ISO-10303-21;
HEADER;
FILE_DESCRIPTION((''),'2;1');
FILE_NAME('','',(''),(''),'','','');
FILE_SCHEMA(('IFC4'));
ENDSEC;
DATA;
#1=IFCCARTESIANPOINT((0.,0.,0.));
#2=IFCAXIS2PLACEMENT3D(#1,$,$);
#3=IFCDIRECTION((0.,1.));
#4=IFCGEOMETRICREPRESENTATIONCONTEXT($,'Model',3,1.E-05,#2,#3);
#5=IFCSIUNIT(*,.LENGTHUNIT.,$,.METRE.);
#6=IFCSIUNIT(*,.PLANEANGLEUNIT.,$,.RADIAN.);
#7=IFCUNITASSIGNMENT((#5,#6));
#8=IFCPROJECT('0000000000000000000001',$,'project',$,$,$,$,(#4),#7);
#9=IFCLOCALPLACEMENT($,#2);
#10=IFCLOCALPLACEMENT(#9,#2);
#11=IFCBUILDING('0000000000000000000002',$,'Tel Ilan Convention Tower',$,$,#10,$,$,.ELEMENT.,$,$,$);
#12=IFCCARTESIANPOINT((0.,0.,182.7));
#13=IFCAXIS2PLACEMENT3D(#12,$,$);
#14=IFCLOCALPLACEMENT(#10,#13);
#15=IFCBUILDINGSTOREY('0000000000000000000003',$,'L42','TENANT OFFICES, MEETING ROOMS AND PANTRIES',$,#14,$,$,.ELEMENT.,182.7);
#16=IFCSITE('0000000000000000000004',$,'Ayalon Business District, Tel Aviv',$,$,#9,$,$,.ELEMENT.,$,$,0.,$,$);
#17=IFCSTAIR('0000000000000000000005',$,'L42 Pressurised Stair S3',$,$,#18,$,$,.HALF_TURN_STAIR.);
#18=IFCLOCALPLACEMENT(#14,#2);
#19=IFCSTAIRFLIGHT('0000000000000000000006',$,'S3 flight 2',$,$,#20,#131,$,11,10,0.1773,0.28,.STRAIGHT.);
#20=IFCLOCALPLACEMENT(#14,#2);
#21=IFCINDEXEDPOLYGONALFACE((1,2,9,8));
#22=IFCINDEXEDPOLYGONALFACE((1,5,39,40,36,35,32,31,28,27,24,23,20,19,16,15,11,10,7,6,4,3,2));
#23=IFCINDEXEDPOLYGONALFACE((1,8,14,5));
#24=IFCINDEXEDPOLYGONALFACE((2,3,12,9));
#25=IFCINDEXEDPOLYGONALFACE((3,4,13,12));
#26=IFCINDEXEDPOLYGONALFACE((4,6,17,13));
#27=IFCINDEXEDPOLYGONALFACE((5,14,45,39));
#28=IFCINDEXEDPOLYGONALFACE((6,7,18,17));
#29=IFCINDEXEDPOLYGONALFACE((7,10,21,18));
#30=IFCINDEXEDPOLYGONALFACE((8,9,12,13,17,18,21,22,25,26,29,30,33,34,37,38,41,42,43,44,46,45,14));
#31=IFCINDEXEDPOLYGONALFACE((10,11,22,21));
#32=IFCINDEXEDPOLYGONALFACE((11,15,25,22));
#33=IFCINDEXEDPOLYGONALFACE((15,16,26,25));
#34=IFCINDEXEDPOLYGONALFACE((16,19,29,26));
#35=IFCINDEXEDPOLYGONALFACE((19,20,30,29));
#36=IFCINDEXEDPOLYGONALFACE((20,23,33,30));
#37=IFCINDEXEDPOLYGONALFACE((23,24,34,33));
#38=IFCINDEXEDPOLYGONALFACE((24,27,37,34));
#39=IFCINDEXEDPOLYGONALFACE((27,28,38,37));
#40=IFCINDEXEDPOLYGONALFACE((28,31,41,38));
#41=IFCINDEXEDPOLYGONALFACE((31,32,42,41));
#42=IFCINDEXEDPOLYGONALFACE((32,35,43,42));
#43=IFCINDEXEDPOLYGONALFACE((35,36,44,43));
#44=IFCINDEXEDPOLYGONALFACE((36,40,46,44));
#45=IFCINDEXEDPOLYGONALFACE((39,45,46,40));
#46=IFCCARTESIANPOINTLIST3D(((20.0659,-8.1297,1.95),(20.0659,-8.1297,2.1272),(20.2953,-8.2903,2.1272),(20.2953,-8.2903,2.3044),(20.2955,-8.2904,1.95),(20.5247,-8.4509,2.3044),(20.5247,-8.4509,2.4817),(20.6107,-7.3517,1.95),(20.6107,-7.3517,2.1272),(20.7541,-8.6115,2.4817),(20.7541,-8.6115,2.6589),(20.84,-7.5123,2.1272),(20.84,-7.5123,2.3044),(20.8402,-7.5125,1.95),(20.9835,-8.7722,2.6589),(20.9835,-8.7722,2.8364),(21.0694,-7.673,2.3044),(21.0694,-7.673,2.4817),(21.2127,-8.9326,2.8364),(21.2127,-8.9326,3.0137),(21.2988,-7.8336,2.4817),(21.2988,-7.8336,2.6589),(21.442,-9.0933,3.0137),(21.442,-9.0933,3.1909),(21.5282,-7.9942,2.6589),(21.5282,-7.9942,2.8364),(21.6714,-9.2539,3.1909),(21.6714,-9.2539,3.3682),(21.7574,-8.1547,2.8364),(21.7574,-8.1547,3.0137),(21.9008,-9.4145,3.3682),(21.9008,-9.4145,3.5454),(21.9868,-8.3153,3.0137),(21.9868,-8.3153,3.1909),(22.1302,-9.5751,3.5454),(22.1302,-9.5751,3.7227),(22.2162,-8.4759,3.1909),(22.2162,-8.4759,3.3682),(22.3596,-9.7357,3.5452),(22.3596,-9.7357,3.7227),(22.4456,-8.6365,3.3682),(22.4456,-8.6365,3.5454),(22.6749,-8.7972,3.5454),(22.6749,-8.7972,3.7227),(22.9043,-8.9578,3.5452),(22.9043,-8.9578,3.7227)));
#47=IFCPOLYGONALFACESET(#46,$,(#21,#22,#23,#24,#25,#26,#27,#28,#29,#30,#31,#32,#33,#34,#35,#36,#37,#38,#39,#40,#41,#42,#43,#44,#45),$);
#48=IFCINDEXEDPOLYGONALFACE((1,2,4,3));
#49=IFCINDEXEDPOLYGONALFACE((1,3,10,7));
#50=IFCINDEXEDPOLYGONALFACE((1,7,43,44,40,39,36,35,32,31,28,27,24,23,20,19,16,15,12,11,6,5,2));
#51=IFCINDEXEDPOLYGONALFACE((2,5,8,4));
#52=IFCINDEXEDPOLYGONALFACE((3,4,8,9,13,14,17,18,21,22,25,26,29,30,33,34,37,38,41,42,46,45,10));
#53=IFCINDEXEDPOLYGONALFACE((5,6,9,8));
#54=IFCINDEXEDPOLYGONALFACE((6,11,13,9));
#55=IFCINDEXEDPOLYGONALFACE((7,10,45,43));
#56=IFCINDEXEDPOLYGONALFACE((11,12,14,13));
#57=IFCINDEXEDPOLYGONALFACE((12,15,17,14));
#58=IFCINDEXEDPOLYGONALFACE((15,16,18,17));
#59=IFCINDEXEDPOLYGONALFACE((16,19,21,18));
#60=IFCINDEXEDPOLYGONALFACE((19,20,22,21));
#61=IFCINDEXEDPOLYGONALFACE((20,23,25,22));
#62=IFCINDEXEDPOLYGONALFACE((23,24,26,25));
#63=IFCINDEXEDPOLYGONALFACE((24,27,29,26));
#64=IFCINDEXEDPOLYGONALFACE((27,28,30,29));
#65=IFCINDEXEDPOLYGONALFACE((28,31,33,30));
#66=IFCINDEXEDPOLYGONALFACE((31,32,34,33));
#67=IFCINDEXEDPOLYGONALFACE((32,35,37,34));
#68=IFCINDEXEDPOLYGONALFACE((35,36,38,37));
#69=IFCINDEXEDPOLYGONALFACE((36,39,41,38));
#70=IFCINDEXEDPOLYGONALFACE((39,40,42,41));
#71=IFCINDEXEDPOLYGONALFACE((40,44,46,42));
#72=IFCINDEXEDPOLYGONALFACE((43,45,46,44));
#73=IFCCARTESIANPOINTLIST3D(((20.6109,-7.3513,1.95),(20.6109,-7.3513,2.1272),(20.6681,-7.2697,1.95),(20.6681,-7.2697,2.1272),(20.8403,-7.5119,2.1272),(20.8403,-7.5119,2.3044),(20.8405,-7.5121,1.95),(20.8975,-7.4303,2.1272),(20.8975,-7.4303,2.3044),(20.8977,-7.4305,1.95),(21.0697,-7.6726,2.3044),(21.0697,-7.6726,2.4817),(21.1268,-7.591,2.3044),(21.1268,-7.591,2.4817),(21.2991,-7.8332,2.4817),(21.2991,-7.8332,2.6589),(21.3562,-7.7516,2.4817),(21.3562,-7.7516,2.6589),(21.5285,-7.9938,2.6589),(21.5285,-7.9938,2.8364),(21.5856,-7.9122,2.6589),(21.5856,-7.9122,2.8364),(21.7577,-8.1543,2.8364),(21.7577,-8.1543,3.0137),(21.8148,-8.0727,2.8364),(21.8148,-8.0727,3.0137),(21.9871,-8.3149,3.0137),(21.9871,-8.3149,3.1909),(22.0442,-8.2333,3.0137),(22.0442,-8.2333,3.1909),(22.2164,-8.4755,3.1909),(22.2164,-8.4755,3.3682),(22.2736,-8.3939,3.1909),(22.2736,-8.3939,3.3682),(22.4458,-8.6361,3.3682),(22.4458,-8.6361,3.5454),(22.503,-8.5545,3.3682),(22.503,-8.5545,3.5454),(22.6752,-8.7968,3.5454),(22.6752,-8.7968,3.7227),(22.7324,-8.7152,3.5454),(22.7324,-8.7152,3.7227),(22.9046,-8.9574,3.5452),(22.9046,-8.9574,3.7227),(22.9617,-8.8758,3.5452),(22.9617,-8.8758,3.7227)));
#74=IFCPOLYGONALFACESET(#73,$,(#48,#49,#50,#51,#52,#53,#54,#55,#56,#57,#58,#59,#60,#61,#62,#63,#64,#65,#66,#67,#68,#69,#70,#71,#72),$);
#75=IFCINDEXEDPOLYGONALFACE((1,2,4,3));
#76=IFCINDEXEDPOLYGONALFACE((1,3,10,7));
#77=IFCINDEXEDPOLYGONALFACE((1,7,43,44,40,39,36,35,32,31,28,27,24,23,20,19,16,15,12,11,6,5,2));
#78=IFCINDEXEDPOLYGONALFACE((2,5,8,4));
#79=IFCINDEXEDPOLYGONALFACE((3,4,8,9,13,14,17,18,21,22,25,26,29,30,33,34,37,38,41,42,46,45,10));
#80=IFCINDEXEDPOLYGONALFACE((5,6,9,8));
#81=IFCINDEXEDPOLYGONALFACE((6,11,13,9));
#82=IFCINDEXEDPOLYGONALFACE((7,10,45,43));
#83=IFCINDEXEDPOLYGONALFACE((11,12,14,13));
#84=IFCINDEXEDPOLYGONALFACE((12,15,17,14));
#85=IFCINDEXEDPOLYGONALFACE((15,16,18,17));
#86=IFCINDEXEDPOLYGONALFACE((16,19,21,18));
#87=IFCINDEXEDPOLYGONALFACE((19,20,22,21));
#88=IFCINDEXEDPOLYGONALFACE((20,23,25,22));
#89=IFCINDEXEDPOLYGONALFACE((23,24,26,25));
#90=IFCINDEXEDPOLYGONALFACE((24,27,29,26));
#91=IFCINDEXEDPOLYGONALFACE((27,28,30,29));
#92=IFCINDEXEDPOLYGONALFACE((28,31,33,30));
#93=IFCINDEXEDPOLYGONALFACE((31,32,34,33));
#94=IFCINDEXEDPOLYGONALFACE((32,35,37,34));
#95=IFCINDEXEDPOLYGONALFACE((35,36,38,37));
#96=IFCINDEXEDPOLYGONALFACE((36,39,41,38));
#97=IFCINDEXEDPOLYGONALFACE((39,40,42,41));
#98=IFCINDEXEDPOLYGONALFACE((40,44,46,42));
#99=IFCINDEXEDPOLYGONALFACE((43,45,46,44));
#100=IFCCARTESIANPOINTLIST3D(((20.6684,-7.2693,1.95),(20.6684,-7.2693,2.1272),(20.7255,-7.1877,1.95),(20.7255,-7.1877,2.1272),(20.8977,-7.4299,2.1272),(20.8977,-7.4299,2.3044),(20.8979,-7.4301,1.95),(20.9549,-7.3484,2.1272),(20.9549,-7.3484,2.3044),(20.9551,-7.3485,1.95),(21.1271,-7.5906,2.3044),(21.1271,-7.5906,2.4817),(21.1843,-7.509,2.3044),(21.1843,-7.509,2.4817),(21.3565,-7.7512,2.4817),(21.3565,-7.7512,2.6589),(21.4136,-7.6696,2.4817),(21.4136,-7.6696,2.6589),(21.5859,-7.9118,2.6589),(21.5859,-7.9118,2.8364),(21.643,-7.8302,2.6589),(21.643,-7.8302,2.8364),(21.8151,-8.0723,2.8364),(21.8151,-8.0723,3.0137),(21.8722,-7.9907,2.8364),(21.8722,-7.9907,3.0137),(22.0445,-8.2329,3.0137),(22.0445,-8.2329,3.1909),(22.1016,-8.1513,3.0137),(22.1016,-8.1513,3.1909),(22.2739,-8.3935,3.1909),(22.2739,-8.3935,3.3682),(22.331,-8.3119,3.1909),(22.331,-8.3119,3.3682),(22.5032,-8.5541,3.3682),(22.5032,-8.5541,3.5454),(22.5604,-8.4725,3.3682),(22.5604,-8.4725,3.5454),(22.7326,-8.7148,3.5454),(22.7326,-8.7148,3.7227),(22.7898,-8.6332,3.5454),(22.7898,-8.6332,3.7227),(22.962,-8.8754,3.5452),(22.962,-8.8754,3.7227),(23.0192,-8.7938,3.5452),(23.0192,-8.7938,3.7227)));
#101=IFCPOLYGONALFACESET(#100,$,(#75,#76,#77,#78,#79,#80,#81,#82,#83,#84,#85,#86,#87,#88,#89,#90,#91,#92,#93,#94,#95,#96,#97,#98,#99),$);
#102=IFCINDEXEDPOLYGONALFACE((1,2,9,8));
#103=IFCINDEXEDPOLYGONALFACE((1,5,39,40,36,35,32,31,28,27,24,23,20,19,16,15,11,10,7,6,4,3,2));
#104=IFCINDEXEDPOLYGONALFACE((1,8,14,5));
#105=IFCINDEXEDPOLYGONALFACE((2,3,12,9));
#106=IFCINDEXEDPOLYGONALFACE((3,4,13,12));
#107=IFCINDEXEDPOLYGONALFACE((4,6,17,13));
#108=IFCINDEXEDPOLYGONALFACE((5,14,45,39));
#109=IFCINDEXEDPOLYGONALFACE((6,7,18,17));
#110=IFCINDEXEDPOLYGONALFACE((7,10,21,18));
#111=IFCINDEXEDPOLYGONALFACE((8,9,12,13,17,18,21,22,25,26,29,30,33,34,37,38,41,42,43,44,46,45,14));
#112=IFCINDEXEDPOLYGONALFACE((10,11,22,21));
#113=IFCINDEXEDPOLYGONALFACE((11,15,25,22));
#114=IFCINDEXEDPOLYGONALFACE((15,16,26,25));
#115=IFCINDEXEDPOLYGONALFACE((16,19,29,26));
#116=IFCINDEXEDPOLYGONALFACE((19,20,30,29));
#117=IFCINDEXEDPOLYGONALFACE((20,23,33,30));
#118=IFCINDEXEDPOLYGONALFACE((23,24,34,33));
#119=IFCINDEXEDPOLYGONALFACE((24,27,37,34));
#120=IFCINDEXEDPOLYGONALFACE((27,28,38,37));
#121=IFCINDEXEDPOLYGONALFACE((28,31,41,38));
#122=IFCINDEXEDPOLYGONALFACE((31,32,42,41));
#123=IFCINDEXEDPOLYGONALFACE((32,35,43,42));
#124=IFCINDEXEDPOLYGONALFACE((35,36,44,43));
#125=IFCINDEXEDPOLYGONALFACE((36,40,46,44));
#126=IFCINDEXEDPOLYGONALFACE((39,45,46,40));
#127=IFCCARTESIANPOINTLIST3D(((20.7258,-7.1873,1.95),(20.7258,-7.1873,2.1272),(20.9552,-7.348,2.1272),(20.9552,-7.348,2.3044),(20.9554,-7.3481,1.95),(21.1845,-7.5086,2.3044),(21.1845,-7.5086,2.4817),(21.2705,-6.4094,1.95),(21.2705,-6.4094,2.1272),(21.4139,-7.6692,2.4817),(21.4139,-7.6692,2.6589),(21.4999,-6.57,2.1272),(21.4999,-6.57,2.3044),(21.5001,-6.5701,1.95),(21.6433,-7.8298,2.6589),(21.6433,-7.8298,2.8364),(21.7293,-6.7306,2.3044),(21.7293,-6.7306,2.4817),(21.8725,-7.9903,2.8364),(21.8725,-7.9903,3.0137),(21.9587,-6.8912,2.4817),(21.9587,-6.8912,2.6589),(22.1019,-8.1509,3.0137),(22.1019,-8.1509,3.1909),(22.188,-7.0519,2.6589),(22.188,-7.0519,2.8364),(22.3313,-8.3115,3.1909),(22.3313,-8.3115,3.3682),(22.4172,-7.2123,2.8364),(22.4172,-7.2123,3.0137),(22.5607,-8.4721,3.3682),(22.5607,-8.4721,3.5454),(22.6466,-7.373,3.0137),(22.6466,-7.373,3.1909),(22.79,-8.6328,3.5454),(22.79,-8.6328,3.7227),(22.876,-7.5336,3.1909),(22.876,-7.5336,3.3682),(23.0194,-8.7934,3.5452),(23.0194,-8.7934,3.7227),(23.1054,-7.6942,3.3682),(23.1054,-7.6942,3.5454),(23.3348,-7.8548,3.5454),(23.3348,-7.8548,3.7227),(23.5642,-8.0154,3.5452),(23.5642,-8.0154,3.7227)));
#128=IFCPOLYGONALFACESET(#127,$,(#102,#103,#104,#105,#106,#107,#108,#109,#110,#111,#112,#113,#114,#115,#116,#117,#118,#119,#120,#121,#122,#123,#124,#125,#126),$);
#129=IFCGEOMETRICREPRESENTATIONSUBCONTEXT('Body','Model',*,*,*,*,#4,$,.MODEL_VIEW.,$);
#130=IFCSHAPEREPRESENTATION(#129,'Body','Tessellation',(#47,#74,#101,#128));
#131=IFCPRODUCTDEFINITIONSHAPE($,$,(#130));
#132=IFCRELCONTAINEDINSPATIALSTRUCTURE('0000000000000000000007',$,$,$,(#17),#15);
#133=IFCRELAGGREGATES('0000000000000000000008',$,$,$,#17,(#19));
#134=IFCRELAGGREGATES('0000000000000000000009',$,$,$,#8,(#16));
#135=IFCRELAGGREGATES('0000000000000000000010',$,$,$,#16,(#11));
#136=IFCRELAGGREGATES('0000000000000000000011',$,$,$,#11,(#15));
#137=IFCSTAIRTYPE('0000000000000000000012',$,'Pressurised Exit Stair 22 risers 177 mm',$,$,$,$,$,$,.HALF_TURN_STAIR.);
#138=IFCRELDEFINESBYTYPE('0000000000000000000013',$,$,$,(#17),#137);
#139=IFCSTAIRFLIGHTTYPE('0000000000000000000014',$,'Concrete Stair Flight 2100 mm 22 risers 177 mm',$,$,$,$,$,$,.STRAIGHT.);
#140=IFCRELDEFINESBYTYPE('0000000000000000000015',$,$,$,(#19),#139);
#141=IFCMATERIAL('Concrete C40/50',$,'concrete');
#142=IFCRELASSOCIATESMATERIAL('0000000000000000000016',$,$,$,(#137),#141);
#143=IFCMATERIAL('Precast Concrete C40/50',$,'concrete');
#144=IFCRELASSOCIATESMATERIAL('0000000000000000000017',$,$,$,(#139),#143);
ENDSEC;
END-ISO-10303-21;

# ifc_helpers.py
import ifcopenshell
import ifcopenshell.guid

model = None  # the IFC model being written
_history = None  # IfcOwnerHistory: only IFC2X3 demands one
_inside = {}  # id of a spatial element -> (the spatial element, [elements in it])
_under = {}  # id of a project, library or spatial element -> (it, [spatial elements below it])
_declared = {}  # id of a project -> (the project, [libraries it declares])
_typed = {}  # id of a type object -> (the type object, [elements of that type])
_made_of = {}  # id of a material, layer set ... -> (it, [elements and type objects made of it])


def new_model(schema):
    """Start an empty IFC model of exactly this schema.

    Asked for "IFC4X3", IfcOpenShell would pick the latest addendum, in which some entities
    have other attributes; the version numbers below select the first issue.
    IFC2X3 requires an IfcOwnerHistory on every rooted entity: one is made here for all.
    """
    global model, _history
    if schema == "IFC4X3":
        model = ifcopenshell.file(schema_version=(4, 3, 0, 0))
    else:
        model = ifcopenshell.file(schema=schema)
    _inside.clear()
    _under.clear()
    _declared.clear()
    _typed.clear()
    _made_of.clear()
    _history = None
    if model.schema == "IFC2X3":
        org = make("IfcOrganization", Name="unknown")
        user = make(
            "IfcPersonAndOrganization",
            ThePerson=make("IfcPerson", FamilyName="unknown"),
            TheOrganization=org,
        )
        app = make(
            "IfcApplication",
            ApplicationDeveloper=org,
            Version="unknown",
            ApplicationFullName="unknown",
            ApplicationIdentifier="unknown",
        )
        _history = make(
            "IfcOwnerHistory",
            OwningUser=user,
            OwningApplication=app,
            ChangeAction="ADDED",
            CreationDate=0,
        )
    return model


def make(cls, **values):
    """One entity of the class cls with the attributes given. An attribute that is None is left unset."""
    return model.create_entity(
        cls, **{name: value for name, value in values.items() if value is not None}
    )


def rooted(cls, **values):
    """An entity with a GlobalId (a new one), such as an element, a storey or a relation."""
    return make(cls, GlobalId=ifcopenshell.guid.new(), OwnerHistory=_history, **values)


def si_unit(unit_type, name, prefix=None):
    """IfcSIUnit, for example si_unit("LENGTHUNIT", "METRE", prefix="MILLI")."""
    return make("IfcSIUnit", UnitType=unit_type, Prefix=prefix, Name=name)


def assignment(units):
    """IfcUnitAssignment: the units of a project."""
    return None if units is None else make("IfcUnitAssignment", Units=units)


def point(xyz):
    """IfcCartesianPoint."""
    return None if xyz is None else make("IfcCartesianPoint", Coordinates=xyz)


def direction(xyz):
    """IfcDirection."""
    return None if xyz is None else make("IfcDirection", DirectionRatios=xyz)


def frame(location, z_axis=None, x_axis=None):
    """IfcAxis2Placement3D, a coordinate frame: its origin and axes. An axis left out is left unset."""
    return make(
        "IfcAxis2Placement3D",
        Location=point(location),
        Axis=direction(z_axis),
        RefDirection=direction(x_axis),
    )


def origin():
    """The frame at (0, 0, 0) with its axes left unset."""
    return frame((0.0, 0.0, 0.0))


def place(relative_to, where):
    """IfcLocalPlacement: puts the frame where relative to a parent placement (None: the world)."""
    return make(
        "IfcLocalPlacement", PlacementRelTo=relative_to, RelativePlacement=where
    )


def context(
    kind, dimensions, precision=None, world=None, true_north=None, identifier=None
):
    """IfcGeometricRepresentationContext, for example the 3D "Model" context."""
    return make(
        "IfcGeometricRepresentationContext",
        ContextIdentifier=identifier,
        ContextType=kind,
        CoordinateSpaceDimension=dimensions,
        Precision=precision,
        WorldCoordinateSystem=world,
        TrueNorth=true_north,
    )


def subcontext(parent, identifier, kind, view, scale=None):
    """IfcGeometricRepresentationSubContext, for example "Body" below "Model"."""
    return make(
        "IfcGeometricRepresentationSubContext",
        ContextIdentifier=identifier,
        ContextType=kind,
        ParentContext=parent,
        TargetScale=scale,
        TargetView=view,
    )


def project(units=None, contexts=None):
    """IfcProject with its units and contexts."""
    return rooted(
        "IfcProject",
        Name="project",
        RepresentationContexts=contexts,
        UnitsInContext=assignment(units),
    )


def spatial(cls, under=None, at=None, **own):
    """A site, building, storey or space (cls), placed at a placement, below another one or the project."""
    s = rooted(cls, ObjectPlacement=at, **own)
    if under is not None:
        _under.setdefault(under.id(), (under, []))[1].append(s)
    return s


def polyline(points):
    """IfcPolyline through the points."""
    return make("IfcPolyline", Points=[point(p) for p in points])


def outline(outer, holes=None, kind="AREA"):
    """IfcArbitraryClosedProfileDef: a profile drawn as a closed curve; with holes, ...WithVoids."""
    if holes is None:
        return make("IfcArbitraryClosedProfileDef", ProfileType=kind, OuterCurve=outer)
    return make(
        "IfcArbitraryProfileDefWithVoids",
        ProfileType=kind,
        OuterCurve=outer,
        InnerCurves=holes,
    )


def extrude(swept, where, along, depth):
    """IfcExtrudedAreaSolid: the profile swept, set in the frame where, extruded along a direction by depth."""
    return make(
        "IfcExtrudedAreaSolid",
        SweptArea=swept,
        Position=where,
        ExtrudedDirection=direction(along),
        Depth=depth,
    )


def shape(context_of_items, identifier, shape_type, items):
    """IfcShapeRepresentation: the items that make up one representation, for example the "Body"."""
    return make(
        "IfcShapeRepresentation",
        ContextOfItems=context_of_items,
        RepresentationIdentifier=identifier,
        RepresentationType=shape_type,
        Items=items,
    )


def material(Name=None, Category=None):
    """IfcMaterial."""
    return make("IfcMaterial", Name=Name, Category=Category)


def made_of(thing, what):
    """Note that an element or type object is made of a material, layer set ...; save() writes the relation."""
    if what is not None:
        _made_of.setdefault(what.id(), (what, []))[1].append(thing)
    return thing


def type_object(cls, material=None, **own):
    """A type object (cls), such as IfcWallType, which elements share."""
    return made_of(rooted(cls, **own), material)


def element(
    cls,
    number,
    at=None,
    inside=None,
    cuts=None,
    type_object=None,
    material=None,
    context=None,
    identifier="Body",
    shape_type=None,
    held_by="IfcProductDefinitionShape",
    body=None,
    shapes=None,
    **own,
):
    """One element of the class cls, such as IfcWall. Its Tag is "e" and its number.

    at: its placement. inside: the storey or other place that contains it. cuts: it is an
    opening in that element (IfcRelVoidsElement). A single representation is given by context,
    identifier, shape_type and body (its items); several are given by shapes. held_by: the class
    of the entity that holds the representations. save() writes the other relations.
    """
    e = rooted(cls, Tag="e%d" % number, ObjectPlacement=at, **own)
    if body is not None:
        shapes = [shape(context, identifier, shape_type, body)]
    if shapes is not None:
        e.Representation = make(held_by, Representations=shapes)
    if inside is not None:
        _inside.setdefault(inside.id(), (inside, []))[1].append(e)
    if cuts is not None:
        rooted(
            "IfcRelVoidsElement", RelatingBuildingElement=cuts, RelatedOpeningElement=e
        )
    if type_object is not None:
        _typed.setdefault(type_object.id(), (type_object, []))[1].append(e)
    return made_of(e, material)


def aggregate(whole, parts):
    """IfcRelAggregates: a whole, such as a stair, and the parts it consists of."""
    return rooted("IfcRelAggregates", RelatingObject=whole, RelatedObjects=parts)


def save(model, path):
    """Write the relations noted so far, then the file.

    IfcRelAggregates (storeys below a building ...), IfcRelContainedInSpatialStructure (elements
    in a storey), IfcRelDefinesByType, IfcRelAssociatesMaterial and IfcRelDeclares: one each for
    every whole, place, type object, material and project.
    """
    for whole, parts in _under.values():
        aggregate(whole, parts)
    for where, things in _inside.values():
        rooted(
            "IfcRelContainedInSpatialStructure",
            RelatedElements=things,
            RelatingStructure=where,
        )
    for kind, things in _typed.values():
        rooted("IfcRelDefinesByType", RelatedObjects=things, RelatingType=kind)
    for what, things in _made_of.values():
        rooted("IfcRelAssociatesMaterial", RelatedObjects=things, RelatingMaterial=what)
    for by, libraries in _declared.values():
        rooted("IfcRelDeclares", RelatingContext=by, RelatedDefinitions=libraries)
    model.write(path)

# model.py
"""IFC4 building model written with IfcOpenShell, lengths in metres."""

from ifc_helpers import new_model, si_unit, direction, frame, origin, place, context, subcontext, project, spatial, polyline, outline, extrude, material, type_object, element, aggregate, save


model = new_model("IFC4")

# Units and contexts
model_context = context("Model", 3, precision=1e-05, world=origin(), true_north=direction((0.0, 1.0)))
body_context = subcontext(model_context, "Body", "Model", "MODEL_VIEW")
ifc_project = project(units=[si_unit("LENGTHUNIT", "METRE"), si_unit("PLANEANGLEUNIT", "RADIAN")], contexts=[model_context])

# Site, building, storey
site_placement = place(None, origin())
site = spatial("IfcSite", under=ifc_project, at=site_placement, Name="Ayalon Business District, Tel Aviv", CompositionType="ELEMENT", RefElevation=0.0)
building_placement = place(site_placement, origin())
building = spatial("IfcBuilding", under=site, at=building_placement, Name="Tel Ilan Convention Tower", CompositionType="ELEMENT")
storey_placement = place(building_placement, frame((0.0, 0.0, 182.7)))
storey = spatial("IfcBuildingStorey", under=building, at=storey_placement, Name="L42", Description="TENANT OFFICES, MEETING ROOMS AND PANTRIES", CompositionType="ELEMENT", Elevation=182.7)

# Stair, stair flight
ifc_material_1 = material(Name="Concrete C40/50", Category="concrete")
stair_type = type_object("IfcStairType", Name="Pressurised Exit Stair 22 risers 177 mm", PredefinedType="HALF_TURN_STAIR", material=ifc_material_1)
stair_1_placement = place(storey_placement, origin())
stair_1 = element("IfcStair", 1, at=stair_1_placement, inside=storey, type_object=stair_type, Name="L42 Pressurised Stair S3", PredefinedType="HALF_TURN_STAIR")
ifc_material_2 = material(Name="Precast Concrete C40/50", Category="concrete")
stair_flight_type = type_object("IfcStairFlightType", Name="Concrete Stair Flight 2100 mm 22 risers 177 mm", PredefinedType="STRAIGHT", material=ifc_material_2)
stair_flight_1_placement = place(storey_placement, frame((20.6682, -7.2695, 1.95), z_axis=(0.0, 0.0, 1.0), x_axis=(0.819152, -0.573576, 0.0)))
stair_flight_1 = element("IfcStairFlight", 2, at=stair_flight_1_placement, type_object=stair_flight_type, Name="S3 flight 2", NumberOfRisers=11, NumberOfTreads=10, PredefinedType="STRAIGHT", RiserHeight=0.1773, TreadLength=0.28, context=body_context, shape_type="SweptSolid", body=[
    extrude(outline(polyline([(0.0, 0.0), (0.0, 0.1772), (0.28, 0.1772), (0.28, 0.3545), (0.5601, 0.3545), (0.5601, 0.5317), (0.8401, 0.5317), (0.8401, 0.709), (1.1201, 0.709), (1.1201, 0.8865), (1.3999, 0.8865), (1.3999, 1.0637), (1.6799, 1.0637), (1.6799, 1.241), (1.96, 1.241), (1.96, 1.4182), (2.24, 1.4182), (2.24, 1.5955), (2.52, 1.5955), (2.52, 1.7727), (2.8, 1.7727), (2.8, 1.95), (2.8, 1.5952), (0.2803, 0.0), (0.0, 0.0)])), frame((0.0, -0.1003, 0.0), z_axis=(0.0, -1.0, 0.0), x_axis=(1.0, 0.0, 0.0)), (0.0, 0.0, 1.0), 0.9497),
    extrude(outline(polyline([(0.0, 0.0), (0.0, 0.1772), (0.28, 0.1772), (0.28, 0.3545), (0.5601, 0.3545), (0.5601, 0.5317), (0.8401, 0.5317), (0.8401, 0.709), (1.1201, 0.709), (1.1201, 0.8865), (1.3999, 0.8865), (1.3999, 1.0637), (1.6799, 1.0637), (1.6799, 1.241), (1.96, 1.241), (1.96, 1.4182), (2.24, 1.4182), (2.24, 1.5955), (2.52, 1.5955), (2.52, 1.7727), (2.8, 1.7727), (2.8, 1.95), (2.8, 1.5952), (0.2803, 0.0), (0.0, 0.0)])), frame((0.0, -0.0002, 0.0), z_axis=(0.0, -1.0, 0.0), x_axis=(1.0, 0.0, 0.0)), (0.0, 0.0, 1.0), 0.0996),
    extrude(outline(polyline([(0.0, 0.0), (0.0, 0.1772), (0.28, 0.1772), (0.28, 0.3545), (0.5601, 0.3545), (0.5601, 0.5317), (0.8401, 0.5317), (0.8401, 0.709), (1.1201, 0.709), (1.1201, 0.8865), (1.3999, 0.8865), (1.3999, 1.0637), (1.6799, 1.0637), (1.6799, 1.241), (1.96, 1.241), (1.96, 1.4182), (2.24, 1.4182), (2.24, 1.5955), (2.52, 1.5955), (2.52, 1.7727), (2.8, 1.7727), (2.8, 1.95), (2.8, 1.5952), (0.2803, 0.0), (0.0, 0.0)])), frame((0.0, 0.0999, 0.0), z_axis=(0.0, -1.0, 0.0), x_axis=(1.0, 0.0, 0.0)), (0.0, 0.0, 1.0), 0.0996),
    extrude(outline(polyline([(0.0, 0.0), (0.0, 0.1772), (0.28, 0.1772), (0.28, 0.3545), (0.5601, 0.3545), (0.5601, 0.5317), (0.8401, 0.5317), (0.8401, 0.709), (1.1201, 0.709), (1.1201, 0.8865), (1.3999, 0.8865), (1.3999, 1.0637), (1.6799, 1.0637), (1.6799, 1.241), (1.96, 1.241), (1.96, 1.4182), (2.24, 1.4182), (2.24, 1.5955), (2.52, 1.5955), (2.52, 1.7727), (2.8, 1.7727), (2.8, 1.95), (2.8, 1.5952), (0.2803, 0.0), (0.0, 0.0)])), frame((0.0, 1.05, 0.0), z_axis=(0.0, -1.0, 0.0), x_axis=(1.0, 0.0, 0.0)), (0.0, 0.0, 1.0), 0.9497),
])
aggregate(stair_1, [stair_flight_1])

save(model, "model.ifc")
